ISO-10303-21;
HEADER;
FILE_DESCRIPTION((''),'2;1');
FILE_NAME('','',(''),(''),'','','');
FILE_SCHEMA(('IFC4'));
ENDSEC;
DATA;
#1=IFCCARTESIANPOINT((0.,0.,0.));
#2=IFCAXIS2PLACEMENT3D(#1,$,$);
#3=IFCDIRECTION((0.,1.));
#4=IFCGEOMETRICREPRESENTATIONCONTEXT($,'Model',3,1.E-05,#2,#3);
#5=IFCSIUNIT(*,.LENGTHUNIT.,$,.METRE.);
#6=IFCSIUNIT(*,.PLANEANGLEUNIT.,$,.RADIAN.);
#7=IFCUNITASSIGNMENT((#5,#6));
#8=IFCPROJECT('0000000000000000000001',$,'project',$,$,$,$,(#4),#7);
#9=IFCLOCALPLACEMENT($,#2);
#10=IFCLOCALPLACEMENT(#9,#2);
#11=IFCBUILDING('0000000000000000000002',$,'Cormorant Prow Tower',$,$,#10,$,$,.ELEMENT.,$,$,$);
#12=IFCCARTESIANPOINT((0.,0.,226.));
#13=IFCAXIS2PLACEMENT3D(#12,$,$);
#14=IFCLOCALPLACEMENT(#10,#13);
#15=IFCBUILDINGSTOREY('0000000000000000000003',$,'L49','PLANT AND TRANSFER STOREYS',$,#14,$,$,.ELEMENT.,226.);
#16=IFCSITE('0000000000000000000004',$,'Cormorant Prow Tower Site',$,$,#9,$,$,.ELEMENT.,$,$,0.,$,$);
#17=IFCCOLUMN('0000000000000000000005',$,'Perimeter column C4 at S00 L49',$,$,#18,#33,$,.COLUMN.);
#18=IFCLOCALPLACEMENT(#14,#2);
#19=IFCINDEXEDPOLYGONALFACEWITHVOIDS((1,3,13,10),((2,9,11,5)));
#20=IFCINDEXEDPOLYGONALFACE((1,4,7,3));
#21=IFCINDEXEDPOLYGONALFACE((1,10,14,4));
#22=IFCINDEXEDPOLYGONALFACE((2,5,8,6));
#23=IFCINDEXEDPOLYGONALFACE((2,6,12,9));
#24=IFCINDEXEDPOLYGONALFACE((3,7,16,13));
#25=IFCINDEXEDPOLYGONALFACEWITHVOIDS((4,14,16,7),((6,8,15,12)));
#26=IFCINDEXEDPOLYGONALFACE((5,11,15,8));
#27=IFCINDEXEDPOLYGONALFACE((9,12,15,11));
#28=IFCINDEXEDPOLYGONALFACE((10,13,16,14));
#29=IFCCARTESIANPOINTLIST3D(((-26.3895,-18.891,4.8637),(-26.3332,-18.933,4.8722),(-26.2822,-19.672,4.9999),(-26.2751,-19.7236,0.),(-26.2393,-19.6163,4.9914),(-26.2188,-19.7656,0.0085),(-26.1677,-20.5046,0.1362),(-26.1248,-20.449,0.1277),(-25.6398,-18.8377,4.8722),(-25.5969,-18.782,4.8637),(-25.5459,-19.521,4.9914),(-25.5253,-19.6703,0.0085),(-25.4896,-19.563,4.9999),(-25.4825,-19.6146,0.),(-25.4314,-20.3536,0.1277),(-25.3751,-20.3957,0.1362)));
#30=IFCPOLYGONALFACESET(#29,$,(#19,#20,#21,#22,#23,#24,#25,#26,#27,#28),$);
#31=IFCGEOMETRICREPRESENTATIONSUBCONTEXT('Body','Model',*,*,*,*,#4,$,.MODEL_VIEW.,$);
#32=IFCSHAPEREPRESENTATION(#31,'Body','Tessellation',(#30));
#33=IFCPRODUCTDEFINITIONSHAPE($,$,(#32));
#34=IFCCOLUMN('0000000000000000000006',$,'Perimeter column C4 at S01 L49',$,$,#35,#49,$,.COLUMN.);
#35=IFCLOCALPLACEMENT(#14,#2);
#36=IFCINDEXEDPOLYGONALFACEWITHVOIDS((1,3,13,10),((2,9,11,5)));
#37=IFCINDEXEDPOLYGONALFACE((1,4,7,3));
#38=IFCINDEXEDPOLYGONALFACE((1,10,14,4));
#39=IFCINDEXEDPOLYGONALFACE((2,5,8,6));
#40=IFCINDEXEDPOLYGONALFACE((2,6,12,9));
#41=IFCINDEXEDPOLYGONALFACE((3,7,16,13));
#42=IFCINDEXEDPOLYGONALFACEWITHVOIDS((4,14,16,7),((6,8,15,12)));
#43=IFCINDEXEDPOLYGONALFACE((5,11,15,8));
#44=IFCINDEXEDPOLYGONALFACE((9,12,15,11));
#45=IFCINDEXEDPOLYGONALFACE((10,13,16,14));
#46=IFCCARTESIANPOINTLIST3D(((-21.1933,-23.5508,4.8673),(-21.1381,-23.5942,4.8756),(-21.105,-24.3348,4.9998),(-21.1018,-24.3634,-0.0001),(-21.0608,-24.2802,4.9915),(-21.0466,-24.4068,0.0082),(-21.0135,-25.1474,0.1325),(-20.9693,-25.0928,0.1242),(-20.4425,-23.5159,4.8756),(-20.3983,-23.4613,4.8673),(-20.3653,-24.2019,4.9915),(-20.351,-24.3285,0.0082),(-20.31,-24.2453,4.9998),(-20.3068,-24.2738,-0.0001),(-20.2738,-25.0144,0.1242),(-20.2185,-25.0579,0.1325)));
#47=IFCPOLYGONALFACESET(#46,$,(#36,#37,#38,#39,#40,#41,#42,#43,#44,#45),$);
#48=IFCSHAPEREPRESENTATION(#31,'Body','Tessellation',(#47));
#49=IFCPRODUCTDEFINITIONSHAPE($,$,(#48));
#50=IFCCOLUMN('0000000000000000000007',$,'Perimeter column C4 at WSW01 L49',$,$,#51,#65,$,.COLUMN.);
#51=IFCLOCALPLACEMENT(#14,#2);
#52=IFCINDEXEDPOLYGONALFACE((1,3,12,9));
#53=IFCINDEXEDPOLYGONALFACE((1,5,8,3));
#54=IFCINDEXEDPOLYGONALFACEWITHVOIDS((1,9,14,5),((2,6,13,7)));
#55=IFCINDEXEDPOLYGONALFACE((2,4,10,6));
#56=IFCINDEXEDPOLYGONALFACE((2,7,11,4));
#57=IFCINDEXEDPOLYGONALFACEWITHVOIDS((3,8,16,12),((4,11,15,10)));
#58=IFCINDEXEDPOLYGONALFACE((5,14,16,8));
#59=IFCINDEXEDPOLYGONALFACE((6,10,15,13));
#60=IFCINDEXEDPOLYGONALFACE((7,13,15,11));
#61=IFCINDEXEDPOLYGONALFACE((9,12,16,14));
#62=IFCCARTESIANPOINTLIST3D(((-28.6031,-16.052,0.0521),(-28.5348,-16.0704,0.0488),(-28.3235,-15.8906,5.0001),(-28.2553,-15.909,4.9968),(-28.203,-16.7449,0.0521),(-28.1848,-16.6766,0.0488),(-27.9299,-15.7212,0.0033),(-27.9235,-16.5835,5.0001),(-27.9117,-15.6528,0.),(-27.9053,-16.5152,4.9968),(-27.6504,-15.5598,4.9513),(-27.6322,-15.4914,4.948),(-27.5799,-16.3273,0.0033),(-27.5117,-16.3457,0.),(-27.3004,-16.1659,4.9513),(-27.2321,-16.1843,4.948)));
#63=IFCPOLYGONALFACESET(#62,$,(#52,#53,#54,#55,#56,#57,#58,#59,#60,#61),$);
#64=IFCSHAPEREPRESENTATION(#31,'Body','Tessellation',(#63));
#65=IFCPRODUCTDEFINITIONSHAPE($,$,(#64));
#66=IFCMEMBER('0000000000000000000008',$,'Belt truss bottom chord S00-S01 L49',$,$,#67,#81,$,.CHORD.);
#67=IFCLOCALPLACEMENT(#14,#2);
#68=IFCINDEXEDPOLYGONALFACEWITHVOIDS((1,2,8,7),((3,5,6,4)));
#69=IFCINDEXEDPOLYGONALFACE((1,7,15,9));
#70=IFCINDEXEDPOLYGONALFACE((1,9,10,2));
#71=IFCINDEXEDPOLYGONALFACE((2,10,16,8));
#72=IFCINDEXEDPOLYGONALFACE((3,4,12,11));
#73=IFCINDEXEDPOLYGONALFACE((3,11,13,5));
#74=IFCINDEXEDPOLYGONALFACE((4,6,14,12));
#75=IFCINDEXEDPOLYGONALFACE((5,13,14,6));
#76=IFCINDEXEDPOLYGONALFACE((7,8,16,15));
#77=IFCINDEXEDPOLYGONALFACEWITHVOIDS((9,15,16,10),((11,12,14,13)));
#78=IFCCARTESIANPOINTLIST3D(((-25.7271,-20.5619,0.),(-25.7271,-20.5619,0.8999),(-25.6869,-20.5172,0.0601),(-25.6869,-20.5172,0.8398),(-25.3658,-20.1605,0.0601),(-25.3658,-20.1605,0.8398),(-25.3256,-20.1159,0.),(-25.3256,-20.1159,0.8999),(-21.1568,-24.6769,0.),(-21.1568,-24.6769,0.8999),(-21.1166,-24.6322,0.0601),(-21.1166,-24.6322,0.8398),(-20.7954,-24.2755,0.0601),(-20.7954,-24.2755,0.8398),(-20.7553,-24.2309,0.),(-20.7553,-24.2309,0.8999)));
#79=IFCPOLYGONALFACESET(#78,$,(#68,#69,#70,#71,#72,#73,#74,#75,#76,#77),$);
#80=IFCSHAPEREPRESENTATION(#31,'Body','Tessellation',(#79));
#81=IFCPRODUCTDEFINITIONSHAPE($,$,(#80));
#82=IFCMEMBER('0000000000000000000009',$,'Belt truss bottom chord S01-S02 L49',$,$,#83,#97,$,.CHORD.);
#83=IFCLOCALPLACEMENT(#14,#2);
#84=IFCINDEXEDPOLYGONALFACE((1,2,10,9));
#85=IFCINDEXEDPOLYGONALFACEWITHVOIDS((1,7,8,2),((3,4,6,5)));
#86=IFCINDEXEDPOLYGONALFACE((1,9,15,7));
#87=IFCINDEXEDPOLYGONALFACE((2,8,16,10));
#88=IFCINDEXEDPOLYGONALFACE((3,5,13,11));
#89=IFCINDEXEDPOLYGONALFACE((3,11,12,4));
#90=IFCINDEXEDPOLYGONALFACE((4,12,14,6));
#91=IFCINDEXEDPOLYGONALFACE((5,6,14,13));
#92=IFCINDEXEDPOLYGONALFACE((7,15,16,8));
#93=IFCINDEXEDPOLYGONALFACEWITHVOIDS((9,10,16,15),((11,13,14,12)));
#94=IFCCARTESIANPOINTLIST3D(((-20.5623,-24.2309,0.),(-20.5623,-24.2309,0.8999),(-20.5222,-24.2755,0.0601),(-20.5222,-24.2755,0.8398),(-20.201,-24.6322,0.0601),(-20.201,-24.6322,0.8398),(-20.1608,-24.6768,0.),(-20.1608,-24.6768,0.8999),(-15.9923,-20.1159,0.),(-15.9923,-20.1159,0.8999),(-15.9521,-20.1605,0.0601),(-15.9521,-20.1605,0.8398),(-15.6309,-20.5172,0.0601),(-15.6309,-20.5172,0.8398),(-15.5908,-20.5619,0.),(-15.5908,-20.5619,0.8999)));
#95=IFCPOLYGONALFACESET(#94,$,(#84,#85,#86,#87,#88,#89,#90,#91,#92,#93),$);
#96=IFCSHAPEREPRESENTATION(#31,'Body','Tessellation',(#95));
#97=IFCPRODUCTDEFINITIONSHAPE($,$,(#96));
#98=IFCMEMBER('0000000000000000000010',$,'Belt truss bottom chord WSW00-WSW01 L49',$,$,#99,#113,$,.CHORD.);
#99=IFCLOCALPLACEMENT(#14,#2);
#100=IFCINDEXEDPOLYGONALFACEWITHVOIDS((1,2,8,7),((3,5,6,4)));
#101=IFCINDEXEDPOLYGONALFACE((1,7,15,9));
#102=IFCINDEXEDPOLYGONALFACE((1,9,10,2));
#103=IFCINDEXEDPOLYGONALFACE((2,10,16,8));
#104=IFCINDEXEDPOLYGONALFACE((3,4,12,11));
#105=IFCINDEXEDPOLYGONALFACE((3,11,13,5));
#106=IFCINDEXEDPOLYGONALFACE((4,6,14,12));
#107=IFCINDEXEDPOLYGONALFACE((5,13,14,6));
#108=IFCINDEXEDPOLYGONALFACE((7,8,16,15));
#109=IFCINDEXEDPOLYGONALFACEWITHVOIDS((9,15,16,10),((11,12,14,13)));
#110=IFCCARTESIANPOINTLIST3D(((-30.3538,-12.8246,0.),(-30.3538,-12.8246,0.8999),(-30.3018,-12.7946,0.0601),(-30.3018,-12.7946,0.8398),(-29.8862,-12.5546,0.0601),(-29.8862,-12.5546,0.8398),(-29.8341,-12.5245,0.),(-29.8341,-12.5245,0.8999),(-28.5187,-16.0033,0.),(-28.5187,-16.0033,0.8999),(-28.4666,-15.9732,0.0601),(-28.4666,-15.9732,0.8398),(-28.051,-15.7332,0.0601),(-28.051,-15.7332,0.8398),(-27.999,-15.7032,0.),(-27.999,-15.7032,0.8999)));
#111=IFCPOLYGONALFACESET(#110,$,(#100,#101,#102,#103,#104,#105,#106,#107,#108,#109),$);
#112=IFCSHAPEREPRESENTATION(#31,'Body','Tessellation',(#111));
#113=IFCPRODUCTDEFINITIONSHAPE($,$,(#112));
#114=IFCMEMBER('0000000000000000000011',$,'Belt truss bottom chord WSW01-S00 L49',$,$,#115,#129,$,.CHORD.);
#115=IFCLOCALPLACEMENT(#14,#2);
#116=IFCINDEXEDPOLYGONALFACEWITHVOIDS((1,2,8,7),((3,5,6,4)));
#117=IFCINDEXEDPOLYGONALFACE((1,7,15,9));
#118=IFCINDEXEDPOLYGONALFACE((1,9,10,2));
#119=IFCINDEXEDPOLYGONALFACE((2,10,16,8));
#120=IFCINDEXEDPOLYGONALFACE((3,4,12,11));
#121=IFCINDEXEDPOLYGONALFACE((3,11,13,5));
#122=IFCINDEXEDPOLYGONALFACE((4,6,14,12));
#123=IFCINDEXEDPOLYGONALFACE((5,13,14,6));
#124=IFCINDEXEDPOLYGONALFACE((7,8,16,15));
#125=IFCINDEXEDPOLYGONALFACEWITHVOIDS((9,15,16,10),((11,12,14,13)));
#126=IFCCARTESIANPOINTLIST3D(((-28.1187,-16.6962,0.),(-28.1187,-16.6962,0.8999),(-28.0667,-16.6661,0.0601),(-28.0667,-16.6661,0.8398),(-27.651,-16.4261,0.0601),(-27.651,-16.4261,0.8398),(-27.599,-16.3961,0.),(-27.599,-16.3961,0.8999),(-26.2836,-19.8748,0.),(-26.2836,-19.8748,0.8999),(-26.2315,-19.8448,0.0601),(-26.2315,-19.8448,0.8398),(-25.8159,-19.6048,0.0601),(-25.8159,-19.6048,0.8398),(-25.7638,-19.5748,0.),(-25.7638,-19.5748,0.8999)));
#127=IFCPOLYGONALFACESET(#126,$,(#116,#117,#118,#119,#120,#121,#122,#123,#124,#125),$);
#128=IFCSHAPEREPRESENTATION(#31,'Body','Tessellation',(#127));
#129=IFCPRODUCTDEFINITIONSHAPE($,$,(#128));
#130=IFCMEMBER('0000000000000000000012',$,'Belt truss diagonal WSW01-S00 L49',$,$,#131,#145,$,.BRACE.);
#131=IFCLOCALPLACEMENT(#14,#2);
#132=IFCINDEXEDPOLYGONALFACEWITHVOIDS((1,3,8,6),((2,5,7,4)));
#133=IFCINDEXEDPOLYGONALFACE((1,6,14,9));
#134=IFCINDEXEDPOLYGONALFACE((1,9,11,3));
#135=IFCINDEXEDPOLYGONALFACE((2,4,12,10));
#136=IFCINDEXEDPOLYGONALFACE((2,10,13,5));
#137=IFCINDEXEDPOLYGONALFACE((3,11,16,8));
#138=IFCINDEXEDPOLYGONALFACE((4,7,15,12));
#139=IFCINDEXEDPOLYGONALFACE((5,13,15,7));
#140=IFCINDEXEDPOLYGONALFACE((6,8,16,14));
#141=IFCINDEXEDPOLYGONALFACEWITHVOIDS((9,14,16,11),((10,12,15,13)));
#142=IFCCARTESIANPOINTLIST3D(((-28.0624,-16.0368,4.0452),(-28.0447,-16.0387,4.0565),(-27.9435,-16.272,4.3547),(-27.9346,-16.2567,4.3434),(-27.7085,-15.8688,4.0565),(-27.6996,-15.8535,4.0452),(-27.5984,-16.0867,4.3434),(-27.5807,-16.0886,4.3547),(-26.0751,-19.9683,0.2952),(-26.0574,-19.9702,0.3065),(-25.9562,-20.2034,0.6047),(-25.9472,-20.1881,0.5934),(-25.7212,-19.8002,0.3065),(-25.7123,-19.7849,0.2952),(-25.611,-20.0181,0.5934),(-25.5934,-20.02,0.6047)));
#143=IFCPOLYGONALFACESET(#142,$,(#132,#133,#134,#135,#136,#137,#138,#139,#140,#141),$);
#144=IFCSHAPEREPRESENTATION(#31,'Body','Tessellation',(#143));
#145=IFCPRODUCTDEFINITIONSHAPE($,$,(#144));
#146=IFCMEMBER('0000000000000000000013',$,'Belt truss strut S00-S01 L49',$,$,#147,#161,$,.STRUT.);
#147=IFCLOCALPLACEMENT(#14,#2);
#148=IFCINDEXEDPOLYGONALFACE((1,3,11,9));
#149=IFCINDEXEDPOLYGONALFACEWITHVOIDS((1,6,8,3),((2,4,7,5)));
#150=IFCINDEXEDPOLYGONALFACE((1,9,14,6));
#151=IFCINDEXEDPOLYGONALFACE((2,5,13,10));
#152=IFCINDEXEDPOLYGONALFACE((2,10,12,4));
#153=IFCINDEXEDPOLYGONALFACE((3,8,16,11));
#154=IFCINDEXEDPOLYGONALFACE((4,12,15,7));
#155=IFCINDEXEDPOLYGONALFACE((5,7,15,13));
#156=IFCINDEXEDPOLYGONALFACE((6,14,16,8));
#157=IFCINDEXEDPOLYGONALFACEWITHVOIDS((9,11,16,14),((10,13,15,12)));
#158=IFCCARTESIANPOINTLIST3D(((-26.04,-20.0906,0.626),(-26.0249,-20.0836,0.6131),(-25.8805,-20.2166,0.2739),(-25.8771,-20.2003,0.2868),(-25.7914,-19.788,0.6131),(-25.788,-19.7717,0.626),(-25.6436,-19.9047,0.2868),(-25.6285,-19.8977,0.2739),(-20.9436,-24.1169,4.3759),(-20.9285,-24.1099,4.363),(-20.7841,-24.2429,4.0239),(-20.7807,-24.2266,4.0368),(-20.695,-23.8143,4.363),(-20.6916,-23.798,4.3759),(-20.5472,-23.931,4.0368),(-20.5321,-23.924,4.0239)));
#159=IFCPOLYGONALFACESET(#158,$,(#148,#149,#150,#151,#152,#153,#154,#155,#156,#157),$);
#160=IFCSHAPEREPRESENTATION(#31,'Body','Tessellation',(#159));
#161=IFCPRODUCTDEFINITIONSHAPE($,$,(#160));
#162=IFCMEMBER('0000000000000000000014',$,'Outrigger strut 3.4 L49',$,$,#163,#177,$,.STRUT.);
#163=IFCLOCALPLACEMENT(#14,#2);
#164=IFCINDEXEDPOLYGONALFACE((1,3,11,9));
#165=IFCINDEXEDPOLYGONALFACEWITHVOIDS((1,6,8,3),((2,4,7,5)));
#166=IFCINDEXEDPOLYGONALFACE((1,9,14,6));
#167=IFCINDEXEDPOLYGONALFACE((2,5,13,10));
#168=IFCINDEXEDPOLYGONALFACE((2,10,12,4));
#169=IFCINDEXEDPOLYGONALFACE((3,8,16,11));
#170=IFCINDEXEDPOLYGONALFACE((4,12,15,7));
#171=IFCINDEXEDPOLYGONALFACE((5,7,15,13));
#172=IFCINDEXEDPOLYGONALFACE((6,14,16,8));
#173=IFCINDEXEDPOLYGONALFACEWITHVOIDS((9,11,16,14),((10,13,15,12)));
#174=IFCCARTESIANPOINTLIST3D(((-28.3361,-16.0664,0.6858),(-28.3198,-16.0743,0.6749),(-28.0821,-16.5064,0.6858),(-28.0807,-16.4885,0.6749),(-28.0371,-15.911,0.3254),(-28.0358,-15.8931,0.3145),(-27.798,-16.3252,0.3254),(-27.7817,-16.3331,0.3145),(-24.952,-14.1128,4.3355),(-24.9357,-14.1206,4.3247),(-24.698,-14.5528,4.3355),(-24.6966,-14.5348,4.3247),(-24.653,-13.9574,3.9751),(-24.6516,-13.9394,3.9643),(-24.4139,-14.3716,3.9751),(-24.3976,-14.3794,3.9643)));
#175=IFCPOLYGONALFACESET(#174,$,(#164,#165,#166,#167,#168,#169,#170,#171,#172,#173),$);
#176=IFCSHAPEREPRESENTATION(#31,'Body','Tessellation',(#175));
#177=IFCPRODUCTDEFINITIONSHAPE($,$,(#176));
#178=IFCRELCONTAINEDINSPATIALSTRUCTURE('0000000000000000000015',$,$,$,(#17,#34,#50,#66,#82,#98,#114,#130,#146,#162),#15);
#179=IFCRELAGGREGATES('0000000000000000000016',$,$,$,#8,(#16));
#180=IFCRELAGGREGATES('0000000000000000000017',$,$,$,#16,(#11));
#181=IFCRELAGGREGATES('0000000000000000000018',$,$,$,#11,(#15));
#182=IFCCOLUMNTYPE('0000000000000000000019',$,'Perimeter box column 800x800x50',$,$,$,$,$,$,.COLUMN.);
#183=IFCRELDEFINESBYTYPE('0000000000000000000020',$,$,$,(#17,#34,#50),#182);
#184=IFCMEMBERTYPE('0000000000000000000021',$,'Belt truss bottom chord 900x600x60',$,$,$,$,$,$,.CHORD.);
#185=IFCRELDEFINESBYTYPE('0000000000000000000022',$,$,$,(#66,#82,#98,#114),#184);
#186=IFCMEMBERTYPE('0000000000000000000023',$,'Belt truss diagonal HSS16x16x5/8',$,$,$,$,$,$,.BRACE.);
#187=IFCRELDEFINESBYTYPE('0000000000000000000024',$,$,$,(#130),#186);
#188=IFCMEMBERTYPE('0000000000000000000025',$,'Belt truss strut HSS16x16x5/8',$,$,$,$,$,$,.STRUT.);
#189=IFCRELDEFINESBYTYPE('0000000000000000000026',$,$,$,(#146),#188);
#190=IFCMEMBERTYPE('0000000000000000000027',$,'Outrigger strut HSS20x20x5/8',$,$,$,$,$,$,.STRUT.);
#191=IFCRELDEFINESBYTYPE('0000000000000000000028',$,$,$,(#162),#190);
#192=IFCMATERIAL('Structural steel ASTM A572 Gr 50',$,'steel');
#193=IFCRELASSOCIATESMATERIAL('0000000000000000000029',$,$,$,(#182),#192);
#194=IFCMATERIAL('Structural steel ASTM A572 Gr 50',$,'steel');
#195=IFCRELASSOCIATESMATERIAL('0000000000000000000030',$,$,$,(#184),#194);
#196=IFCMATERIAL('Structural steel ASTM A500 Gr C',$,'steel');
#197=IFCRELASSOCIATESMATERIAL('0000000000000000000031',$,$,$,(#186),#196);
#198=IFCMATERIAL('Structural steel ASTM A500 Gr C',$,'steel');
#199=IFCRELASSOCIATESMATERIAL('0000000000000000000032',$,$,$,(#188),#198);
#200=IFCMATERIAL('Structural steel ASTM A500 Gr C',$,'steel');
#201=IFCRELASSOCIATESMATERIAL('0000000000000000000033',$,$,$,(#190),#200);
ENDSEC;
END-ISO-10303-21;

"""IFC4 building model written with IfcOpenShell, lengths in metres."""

from ifc_helpers import new_model, si_unit, direction, frame, origin, origin_2d, place, context, subcontext, project, spatial, hollow_rectangle, extrude, material, material_profile, profile_set, type_object, element, save


model = new_model("IFC4")

# Units and contexts
model_context = context("Model", 3, precision=1e-05, world=origin(), true_north=direction((0.0, 1.0)))
body_context = subcontext(model_context, "Body", "Model", "MODEL_VIEW")
ifc_project = project(units=[si_unit("LENGTHUNIT", "METRE"), si_unit("PLANEANGLEUNIT", "RADIAN")], contexts=[model_context])

# Site, building, storey
site_placement = place(None, origin())
site = spatial("IfcSite", under=ifc_project, at=site_placement, Name="Cormorant Prow Tower Site", CompositionType="ELEMENT", RefElevation=0.0)
building_placement = place(site_placement, origin())
building = spatial("IfcBuilding", under=site, at=building_placement, Name="Cormorant Prow Tower", CompositionType="ELEMENT")
storey_placement = place(building_placement, frame((0.0, 0.0, 226.0)))
storey = spatial("IfcBuildingStorey", under=building, at=storey_placement, Name="L49", Description="PLANT AND TRANSFER STOREYS", CompositionType="ELEMENT", Elevation=226.0)

# Columns
ifc_material_1 = material(Name="Structural steel ASTM A572 Gr 50", Category="steel")
ifc_material_profile_1 = material_profile(ifc_material_1, hollow_rectangle(XDim=0.8, YDim=0.8, WallThickness=0.05, at=origin_2d()), Name="Box 800x800x50")
ifc_profile_set_1 = profile_set([ifc_material_profile_1], Name="Structural steel ASTM A572 Gr 50")
column_type = type_object("IfcColumnType", Name="Perimeter box column 800x800x50", PredefinedType="COLUMN", material=ifc_profile_set_1)
column_1_placement = place(storey_placement, frame((-25.8235, -20.0713, 0.0), z_axis=(-0.023191, 0.168691, 0.985396), x_axis=(-0.990682, -0.136198, 0.0)))
element("IfcColumn", 1, at=column_1_placement, inside=storey, type_object=column_type, Name="Perimeter column C4 at S00 L49", PredefinedType="COLUMN", context=body_context, shape_type="SweptSolid", body=[
    extrude(hollow_rectangle(XDim=0.8, YDim=0.8, WallThickness=0.05, at=origin_2d()), frame((0.0, 0.0, 0.0691)), (0.0, 0.0, 1.0), 4.9358),
])
column_2_placement = place(storey_placement, frame((-20.6589, -24.7217, 0.0), z_axis=(-0.018539, 0.164636, 0.98618), x_axis=(-0.99372, -0.111899, 0.0)))
element("IfcColumn", 2, at=column_2_placement, inside=storey, type_object=column_type, Name="Perimeter column C4 at S01 L49", PredefinedType="COLUMN", context=body_context, shape_type="SweptSolid", body=[
    extrude(hollow_rectangle(XDim=0.8, YDim=0.8, WallThickness=0.05, at=origin_2d()), frame((0.0, 0.0, 0.0671)), (0.0, 0.0, 1.0), 4.9355),
])
column_3_placement = place(storey_placement, frame((-28.0588, -16.1997, 0.0), z_axis=(0.056374, 0.032548, 0.997879), x_axis=(-0.500003, 0.866024, 0.0)))
element("IfcColumn", 3, at=column_3_placement, inside=storey, type_object=column_type, Name="Perimeter column C4 at WSW01 L49", PredefinedType="COLUMN", context=body_context, shape_type="SweptSolid", body=[
    extrude(hollow_rectangle(XDim=0.8, YDim=0.8, WallThickness=0.05, at=origin_2d()), frame((0.0, 0.0, 0.0261)), (0.0, 0.0, 1.0), 4.9585),
])

# Members
ifc_material_2 = material(Name="Structural steel ASTM A572 Gr 50", Category="steel")
ifc_material_profile_2 = material_profile(ifc_material_2, hollow_rectangle(XDim=0.6001, YDim=0.8999, WallThickness=0.0601, at=origin_2d()), Name="Box 900x600x60")
ifc_profile_set_2 = profile_set([ifc_material_profile_2], Name="Structural steel ASTM A572 Gr 50")
member_type_1 = type_object("IfcMemberType", Name="Belt truss bottom chord 900x600x60", PredefinedType="CHORD", material=ifc_profile_set_2)
member_1_placement = place(storey_placement, frame((-25.5264, -20.3389, 0.45), z_axis=(0.743156, -0.669118, 0.0), x_axis=(0.669118, 0.743156, 0.0)))
element("IfcMember", 4, at=member_1_placement, inside=storey, type_object=member_type_1, Name="Belt truss bottom chord S00-S01 L49", PredefinedType="CHORD", context=body_context, shape_type="SweptSolid", body=[
    extrude(hollow_rectangle(XDim=0.6001, YDim=0.8999, WallThickness=0.0601, at=origin_2d()), origin(), (0.0, 0.0, 1.0), 6.1499),
])
member_2_placement = place(storey_placement, frame((-20.3616, -24.4539, 0.45), z_axis=(0.743138, 0.669138, 0.0), x_axis=(-0.669138, 0.743138, 0.0)))
element("IfcMember", 5, at=member_2_placement, inside=storey, type_object=member_type_1, Name="Belt truss bottom chord S01-S02 L49", PredefinedType="CHORD", context=body_context, shape_type="SweptSolid", body=[
    extrude(hollow_rectangle(XDim=0.6001, YDim=0.8999, WallThickness=0.0601, at=origin_2d()), origin(), (0.0, 0.0, 1.0), 6.1497),
])
for number, where, z_axis, x_axis, name in (
    (6, (-30.094, -12.6746, 0.45), (0.499995, -0.866028, 0.0), (0.866028, 0.499995, 0.0), "Belt truss bottom chord WSW00-WSW01 L49"),
    (7, (-27.8589, -16.5461, 0.45), (0.499995, -0.866028, 0.0), (0.866028, 0.499995, 0.0), "Belt truss bottom chord WSW01-S00 L49"),
):
    element("IfcMember", number, at=place(storey_placement, frame(where, z_axis=z_axis, x_axis=x_axis)), inside=storey, type_object=member_type_1, Name=name, PredefinedType="CHORD", context=body_context, shape_type="SweptSolid", body=[
        extrude(hollow_rectangle(XDim=0.6001, YDim=0.8999, WallThickness=0.0601, at=origin_2d()), origin(), (0.0, 0.0, 1.0), 3.6704),
    ])
ifc_material_3 = material(Name="Structural steel ASTM A500 Gr C", Category="steel")
ifc_material_profile_3 = material_profile(ifc_material_3, hollow_rectangle(XDim=0.4065, YDim=0.4065, WallThickness=0.0149, at=origin_2d()), Name="HSS16x16x5/8")
ifc_profile_set_3 = profile_set([ifc_material_profile_3], Name="Structural steel ASTM A500 Gr C")
member_type_2 = type_object("IfcMemberType", Name="Belt truss diagonal HSS16x16x5/8", PredefinedType="BRACE", material=ifc_profile_set_3)
member_3_placement = place(storey_placement, frame((-25.8342, -19.9941, 0.45), z_axis=(-0.343519, 0.679569, 0.648213), x_axis=(-0.892457, -0.451133, 0.0)))
element("IfcMember", 8, at=member_3_placement, inside=storey, type_object=member_type_2, Name="Belt truss diagonal WSW01-S00 L49", PredefinedType="BRACE", context=body_context, shape_type="SweptSolid", body=[
    extrude(hollow_rectangle(XDim=0.4065, YDim=0.4065, WallThickness=0.0149, at=origin_2d()), origin(), (0.0, 0.0, 1.0), 5.7852),
])
ifc_material_4 = material(Name="Structural steel ASTM A500 Gr C", Category="steel")
ifc_material_profile_4 = material_profile(ifc_material_4, hollow_rectangle(XDim=0.4065, YDim=0.4065, WallThickness=0.0149, at=origin_2d()), Name="HSS16x16x5/8")
ifc_profile_set_4 = profile_set([ifc_material_profile_4], Name="Structural steel ASTM A500 Gr C")
member_type_3 = type_object("IfcMemberType", Name="Belt truss strut HSS16x16x5/8", PredefinedType="STRUT", material=ifc_profile_set_4)
member_4_placement = place(storey_placement, frame((-25.8342, -19.9941, 0.45), z_axis=(0.679538, -0.53686, 0.50001), x_axis=(0.619916, 0.784668, 0.0)))
element("IfcMember", 9, at=member_4_placement, inside=storey, type_object=member_type_3, Name="Belt truss strut S00-S01 L49", PredefinedType="STRUT", context=body_context, shape_type="SweptSolid", body=[
    extrude(hollow_rectangle(XDim=0.4065, YDim=0.4065, WallThickness=0.0149, at=origin_2d()), origin(), (0.0, 0.0, 1.0), 7.4998),
])
ifc_material_5 = material(Name="Structural steel ASTM A500 Gr C", Category="steel")
ifc_material_profile_5 = material_profile(ifc_material_5, hollow_rectangle(XDim=0.5081, YDim=0.5081, WallThickness=0.0149, at=origin_2d()), Name="HSS20x20x5/8")
ifc_profile_set_5 = profile_set([ifc_material_profile_5], Name="Structural steel ASTM A500 Gr C")
member_type_4 = type_object("IfcMemberType", Name="Outrigger strut HSS20x20x5/8", PredefinedType="STRUT", material=ifc_profile_set_5)
member_5_placement = place(storey_placement, frame((-24.6748, -14.2461, 4.1499), z_axis=(-0.632908, -0.36538, -0.682587), x_axis=(0.499969, -0.866043, 0.0)))
element("IfcMember", 10, at=member_5_placement, inside=storey, type_object=member_type_4, Name="Outrigger strut 3.4 L49", PredefinedType="STRUT", context=body_context, shape_type="SweptSolid", body=[
    extrude(hollow_rectangle(XDim=0.5081, YDim=0.5081, WallThickness=0.0149, at=origin_2d()), origin(), (0.0, 0.0, 1.0), 5.3469),
])

save(model, "model.ifc")
